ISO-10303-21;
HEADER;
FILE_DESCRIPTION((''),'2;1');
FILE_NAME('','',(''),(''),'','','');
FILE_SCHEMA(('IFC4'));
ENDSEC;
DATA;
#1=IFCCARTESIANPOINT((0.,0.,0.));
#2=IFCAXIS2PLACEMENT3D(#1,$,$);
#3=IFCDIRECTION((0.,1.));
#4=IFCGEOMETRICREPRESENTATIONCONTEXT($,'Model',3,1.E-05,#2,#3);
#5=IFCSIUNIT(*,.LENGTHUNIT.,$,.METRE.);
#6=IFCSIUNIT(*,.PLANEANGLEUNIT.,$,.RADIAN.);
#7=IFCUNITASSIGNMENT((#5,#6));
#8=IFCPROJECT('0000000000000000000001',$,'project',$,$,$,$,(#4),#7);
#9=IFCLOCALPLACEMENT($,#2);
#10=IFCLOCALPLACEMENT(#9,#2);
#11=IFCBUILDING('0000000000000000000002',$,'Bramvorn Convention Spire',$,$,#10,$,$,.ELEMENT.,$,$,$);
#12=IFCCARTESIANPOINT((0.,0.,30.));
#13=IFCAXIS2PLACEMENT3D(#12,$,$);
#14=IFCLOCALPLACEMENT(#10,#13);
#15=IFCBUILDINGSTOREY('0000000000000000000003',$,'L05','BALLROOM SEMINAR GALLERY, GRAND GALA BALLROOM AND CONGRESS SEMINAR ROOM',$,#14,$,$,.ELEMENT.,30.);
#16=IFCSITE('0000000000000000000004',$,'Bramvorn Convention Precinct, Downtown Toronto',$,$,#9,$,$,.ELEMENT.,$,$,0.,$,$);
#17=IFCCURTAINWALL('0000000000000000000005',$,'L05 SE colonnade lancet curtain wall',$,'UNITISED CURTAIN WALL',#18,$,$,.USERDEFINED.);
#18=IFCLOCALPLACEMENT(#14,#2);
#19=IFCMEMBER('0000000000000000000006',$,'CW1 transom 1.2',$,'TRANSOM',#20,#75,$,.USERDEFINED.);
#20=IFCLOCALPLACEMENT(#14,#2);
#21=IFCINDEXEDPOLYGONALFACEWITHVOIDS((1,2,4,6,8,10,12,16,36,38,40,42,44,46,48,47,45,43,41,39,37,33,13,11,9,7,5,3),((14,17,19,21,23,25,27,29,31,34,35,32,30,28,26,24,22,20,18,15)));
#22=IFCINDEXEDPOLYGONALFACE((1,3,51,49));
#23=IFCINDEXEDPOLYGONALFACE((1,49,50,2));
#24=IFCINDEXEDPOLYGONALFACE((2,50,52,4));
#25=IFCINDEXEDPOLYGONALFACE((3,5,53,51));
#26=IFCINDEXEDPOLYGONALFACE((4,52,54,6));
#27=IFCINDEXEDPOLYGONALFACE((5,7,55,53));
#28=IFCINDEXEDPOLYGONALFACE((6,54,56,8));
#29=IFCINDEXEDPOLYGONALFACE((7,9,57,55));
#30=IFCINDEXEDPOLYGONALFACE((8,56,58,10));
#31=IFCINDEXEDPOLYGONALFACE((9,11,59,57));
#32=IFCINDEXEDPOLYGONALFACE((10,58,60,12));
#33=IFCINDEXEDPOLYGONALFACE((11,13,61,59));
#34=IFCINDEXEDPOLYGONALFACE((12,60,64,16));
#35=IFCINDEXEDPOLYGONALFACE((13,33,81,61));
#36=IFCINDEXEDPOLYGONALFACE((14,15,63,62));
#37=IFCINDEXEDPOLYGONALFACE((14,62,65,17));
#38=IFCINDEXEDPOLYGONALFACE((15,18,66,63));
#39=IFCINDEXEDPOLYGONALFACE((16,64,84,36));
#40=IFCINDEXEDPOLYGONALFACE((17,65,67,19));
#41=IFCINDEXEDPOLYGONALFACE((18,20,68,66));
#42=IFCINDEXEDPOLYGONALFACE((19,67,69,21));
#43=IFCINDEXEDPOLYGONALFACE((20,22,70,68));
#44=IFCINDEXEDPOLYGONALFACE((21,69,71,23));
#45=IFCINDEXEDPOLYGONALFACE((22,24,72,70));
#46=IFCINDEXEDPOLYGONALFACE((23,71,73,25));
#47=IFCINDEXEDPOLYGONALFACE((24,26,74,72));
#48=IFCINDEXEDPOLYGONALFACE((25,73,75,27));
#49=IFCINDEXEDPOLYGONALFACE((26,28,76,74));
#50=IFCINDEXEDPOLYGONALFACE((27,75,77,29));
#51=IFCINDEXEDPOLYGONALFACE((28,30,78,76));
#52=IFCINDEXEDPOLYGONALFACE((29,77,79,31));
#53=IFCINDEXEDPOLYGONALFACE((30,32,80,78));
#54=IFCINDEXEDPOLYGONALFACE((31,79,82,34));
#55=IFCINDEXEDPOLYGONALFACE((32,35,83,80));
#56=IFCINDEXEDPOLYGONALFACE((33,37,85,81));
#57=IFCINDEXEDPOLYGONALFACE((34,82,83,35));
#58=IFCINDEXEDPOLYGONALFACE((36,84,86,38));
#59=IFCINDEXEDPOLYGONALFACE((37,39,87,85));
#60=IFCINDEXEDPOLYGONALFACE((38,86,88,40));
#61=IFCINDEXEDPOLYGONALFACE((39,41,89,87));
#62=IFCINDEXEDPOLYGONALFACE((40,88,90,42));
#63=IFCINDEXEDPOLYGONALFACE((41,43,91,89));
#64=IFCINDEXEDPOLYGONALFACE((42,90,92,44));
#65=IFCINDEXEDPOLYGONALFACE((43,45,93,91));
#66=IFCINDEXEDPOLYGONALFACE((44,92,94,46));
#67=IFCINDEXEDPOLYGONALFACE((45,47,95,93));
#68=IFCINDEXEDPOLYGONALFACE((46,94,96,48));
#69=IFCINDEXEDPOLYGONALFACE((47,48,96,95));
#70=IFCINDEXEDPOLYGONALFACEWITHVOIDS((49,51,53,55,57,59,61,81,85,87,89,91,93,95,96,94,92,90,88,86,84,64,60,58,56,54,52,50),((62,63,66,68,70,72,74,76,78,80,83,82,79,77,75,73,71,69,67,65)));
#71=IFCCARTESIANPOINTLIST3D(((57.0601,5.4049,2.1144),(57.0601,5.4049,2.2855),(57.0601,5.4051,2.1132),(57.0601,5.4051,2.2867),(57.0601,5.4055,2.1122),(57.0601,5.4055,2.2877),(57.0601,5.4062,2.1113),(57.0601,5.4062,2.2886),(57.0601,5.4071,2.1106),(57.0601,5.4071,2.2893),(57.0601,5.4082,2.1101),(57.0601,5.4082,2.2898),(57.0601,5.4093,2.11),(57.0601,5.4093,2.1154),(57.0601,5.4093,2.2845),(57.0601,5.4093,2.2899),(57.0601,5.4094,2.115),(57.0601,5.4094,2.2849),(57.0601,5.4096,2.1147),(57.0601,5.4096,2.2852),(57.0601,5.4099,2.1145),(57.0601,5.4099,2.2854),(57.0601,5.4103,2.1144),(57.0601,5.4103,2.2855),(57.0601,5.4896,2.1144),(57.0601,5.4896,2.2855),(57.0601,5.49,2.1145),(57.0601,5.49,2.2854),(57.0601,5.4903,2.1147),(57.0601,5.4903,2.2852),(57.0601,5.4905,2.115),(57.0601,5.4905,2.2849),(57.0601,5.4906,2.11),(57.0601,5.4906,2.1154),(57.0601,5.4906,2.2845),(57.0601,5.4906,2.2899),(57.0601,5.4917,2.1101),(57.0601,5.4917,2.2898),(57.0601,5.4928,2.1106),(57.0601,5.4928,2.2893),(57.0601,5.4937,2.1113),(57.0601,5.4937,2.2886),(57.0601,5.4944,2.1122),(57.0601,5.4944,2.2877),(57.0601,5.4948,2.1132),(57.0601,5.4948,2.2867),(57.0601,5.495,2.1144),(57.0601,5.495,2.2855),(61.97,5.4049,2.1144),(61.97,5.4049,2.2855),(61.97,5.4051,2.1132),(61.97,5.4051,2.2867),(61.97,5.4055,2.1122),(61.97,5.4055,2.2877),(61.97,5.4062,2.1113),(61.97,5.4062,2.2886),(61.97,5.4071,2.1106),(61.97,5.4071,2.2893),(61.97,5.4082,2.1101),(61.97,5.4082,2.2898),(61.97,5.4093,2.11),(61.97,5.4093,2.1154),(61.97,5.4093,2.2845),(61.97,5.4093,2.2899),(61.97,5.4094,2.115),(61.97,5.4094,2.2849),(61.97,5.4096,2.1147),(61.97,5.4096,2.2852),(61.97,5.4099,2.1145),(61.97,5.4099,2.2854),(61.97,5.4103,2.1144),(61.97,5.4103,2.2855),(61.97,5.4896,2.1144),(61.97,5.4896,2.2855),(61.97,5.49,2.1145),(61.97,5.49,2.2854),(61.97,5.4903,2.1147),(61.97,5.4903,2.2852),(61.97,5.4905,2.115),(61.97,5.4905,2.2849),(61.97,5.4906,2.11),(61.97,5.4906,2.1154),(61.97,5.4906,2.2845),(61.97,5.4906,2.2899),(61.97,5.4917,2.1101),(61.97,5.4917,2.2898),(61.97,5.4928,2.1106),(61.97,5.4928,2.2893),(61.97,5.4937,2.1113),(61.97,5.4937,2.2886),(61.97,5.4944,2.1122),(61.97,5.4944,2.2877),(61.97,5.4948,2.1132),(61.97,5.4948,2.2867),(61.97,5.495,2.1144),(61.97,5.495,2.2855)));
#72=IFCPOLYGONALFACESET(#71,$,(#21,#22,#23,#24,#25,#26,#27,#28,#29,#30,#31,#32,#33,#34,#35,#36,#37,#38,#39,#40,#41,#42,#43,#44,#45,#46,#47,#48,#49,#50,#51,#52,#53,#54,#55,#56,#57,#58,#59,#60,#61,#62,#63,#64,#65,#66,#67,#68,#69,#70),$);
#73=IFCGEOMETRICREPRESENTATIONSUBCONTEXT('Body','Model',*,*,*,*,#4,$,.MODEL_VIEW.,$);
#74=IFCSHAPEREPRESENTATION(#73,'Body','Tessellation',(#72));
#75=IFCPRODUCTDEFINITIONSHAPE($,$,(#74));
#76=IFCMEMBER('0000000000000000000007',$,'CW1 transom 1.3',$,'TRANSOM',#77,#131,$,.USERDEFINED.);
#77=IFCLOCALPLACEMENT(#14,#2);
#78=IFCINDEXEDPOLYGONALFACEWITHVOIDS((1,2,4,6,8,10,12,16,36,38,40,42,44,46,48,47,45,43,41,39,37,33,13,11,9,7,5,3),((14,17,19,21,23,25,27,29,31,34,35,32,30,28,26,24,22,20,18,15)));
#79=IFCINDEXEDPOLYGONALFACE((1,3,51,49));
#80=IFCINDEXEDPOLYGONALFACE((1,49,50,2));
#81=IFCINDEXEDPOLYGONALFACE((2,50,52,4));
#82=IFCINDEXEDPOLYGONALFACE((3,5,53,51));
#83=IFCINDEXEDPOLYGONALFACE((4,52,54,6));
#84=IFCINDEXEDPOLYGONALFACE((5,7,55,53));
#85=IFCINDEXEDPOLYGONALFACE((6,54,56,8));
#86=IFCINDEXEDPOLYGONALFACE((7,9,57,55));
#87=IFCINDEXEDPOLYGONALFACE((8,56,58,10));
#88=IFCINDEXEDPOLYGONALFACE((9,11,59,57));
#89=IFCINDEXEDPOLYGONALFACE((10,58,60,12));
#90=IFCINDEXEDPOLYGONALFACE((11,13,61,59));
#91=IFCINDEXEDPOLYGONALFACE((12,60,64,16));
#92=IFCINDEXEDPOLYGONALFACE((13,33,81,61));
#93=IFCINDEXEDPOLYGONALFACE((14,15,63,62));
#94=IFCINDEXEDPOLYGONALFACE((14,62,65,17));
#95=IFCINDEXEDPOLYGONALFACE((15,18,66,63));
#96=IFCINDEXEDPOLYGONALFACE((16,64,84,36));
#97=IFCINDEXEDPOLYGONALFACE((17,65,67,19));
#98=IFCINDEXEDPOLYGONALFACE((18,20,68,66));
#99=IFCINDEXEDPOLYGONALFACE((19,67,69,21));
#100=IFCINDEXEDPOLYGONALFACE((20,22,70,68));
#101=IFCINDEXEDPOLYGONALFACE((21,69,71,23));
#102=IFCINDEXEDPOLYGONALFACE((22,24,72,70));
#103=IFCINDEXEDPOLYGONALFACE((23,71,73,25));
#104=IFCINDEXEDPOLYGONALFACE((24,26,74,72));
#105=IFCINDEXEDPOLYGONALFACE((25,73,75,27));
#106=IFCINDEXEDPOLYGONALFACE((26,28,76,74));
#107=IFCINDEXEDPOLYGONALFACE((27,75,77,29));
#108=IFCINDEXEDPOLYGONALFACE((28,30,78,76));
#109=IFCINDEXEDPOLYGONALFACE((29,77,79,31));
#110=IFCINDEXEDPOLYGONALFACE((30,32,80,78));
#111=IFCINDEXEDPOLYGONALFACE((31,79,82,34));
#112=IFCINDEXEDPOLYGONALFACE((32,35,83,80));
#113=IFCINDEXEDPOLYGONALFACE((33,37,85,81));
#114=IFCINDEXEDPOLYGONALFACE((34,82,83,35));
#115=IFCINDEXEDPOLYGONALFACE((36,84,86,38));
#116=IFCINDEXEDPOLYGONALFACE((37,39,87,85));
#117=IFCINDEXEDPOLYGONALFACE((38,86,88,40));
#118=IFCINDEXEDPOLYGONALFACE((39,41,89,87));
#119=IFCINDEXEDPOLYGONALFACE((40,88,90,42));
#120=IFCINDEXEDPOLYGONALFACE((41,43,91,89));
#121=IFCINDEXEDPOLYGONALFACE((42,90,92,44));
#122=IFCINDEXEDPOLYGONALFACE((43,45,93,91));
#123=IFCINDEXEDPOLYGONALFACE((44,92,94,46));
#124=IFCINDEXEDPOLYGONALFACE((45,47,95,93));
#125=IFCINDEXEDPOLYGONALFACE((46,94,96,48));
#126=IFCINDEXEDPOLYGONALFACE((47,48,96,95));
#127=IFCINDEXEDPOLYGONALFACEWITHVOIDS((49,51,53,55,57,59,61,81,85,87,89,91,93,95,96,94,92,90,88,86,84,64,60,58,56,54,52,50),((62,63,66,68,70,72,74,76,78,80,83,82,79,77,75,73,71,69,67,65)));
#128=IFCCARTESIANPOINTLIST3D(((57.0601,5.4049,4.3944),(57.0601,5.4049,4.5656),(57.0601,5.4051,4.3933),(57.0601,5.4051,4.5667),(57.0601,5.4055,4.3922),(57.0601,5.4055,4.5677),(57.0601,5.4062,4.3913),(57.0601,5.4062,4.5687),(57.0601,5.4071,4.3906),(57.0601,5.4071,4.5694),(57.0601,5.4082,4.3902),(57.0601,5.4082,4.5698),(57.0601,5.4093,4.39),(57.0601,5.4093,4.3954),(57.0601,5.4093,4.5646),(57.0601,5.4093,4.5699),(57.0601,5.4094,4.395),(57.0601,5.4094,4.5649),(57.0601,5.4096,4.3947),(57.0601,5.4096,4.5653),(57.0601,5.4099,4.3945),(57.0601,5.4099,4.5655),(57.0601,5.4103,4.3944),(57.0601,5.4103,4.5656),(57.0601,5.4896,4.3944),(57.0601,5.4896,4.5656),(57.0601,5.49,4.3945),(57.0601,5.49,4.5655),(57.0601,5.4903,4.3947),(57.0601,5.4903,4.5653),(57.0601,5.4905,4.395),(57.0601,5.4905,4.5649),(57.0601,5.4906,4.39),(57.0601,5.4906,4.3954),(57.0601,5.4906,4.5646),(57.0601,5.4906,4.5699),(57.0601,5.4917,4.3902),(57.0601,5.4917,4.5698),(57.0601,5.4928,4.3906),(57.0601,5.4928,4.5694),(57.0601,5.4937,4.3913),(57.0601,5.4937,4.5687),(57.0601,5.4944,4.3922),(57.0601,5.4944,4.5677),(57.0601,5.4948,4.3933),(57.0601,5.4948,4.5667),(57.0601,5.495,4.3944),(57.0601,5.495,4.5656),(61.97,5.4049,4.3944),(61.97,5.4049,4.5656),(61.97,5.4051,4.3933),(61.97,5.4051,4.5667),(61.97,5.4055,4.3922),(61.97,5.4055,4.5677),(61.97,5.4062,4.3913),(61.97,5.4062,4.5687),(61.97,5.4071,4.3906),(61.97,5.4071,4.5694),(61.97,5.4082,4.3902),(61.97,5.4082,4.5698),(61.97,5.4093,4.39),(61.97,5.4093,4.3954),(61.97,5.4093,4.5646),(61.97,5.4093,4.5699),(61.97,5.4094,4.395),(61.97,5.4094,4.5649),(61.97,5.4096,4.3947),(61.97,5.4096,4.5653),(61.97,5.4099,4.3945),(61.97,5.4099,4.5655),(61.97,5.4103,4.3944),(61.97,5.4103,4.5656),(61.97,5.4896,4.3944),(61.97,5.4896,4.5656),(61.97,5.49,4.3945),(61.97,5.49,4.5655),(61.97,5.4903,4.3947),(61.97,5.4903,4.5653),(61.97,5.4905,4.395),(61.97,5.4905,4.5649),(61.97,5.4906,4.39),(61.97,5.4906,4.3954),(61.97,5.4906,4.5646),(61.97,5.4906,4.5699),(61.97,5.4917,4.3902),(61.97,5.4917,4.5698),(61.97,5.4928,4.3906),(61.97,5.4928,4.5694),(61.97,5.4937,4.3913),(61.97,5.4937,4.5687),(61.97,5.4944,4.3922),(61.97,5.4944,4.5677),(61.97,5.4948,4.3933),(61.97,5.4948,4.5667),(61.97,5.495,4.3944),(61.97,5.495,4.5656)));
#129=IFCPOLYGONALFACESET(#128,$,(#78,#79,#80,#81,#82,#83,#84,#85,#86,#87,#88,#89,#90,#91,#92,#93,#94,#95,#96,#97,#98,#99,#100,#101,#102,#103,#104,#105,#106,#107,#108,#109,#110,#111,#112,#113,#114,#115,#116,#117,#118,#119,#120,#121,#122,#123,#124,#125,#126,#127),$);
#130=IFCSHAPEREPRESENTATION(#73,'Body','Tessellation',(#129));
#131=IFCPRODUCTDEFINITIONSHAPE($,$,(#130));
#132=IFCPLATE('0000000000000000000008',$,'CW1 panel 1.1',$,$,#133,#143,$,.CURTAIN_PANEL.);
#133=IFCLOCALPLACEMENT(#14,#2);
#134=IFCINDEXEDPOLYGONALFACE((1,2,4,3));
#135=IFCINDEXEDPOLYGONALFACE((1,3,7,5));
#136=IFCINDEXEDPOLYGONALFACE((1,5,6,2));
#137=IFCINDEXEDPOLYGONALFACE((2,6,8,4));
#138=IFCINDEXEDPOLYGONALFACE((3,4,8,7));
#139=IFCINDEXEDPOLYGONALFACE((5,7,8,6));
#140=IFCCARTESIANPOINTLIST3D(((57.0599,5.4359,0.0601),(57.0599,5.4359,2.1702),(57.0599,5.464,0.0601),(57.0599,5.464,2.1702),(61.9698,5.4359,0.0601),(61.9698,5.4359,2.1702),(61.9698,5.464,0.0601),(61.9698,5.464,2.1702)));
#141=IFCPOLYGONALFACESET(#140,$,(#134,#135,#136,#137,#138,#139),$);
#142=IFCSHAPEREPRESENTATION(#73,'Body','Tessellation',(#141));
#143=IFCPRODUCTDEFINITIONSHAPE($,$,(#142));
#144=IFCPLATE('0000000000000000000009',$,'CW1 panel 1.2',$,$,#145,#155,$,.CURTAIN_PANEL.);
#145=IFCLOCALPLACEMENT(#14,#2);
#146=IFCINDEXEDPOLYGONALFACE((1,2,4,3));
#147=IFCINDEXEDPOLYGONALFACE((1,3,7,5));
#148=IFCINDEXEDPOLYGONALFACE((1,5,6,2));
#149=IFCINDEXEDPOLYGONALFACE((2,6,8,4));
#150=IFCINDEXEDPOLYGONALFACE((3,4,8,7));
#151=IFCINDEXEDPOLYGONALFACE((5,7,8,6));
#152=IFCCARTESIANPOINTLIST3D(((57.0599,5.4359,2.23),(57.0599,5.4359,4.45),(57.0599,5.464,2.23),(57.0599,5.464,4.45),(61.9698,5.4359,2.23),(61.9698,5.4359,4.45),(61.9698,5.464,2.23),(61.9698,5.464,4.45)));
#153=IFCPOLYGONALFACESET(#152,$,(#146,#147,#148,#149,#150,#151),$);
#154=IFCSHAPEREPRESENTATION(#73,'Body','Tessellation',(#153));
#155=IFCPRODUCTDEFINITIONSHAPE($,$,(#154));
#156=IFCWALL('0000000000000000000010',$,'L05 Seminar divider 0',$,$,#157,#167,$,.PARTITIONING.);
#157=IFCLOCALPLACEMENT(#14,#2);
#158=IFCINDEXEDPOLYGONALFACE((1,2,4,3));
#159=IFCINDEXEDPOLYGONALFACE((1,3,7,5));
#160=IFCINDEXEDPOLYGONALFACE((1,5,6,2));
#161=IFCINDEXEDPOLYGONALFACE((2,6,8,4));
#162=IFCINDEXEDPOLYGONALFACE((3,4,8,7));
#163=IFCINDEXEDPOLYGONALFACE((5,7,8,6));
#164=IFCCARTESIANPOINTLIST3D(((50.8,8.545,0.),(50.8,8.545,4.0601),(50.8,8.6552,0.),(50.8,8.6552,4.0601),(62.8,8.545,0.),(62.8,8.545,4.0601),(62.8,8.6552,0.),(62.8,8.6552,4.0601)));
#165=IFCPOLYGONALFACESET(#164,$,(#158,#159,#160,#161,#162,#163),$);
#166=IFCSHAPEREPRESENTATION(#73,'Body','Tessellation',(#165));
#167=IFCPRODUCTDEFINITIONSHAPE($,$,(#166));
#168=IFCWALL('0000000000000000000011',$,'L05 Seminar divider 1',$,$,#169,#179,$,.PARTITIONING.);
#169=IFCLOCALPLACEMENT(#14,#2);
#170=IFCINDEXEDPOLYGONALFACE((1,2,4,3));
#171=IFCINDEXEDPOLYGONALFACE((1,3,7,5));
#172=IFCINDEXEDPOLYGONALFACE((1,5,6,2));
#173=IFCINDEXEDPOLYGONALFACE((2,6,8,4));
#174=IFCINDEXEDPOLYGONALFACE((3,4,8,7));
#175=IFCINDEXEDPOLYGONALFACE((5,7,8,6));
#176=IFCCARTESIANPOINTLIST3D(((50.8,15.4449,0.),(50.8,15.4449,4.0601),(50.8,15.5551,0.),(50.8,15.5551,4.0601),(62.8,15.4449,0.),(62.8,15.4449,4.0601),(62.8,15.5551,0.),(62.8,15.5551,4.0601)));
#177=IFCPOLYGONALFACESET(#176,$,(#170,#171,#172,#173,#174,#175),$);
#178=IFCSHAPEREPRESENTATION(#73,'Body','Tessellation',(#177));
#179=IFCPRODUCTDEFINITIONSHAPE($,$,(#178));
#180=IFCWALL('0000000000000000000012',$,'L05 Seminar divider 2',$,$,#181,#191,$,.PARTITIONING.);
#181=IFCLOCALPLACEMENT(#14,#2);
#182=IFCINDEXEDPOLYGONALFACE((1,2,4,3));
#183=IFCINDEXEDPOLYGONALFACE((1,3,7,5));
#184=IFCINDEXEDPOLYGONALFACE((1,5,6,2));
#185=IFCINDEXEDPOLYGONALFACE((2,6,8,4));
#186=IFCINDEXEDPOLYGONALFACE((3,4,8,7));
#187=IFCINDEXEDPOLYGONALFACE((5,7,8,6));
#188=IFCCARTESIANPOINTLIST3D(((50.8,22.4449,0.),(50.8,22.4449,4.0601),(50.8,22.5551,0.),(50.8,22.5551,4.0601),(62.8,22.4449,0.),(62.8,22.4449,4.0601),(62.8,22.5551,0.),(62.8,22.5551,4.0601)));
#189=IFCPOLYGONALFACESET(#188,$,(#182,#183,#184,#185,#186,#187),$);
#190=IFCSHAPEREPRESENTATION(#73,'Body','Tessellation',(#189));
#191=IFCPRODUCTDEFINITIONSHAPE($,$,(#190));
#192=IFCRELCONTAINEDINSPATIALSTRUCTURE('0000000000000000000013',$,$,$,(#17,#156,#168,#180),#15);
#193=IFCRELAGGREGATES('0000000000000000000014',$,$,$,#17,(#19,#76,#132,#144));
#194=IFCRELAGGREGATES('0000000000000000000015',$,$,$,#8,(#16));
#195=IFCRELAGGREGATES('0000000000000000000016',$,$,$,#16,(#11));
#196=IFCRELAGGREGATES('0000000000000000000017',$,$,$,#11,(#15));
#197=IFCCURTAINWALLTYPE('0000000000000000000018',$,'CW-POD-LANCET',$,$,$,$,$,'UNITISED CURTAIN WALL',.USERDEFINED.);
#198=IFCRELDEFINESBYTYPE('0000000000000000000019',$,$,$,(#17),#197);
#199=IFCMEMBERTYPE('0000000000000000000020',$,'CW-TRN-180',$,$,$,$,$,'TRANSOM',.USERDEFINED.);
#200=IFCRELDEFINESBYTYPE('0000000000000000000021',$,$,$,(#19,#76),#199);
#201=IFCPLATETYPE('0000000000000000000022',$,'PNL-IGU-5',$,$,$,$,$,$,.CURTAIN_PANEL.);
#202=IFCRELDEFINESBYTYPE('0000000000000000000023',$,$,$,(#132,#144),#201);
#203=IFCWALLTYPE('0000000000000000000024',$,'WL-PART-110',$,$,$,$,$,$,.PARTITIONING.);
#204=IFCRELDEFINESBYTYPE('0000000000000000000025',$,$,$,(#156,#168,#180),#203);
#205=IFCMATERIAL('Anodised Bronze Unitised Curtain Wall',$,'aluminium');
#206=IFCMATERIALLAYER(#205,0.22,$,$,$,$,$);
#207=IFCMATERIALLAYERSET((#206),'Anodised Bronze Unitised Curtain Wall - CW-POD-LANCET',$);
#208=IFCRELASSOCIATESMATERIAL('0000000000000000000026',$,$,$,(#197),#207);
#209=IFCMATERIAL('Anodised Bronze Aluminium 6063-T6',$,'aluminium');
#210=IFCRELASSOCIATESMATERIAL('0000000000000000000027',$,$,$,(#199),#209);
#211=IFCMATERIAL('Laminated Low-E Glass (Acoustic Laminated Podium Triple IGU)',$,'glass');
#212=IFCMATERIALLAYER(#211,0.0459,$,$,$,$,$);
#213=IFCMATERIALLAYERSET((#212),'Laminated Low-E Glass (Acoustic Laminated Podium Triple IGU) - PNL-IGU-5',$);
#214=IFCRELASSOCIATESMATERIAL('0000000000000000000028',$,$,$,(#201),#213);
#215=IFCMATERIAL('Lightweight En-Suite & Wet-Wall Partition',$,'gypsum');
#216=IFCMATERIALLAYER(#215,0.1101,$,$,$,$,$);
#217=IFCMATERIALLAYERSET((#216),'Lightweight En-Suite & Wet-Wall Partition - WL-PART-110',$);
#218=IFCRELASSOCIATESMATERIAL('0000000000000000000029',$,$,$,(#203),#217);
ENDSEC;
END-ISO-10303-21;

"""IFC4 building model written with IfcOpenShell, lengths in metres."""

from ifc_helpers import new_model, si_unit, direction, frame, frame_2d, origin, origin_2d, place, context, subcontext, project, spatial, rectangle, hollow_rectangle, extrude, material, layer, layer_set, material_profile, profile_set, type_object, element, aggregate, save


model = new_model("IFC4")

# Units and contexts
model_context = context("Model", 3, precision=1e-05, world=origin(), true_north=direction((0.0, 1.0)))
body_context = subcontext(model_context, "Body", "Model", "MODEL_VIEW")
ifc_project = project(units=[si_unit("LENGTHUNIT", "METRE"), si_unit("PLANEANGLEUNIT", "RADIAN")], contexts=[model_context])

# Site, building, storey
site_placement = place(None, origin())
site = spatial("IfcSite", under=ifc_project, at=site_placement, Name="Bramvorn Convention Precinct, Downtown Toronto", CompositionType="ELEMENT", RefElevation=0.0)
building_placement = place(site_placement, origin())
building = spatial("IfcBuilding", under=site, at=building_placement, Name="Bramvorn Convention Spire", CompositionType="ELEMENT")
storey_placement = place(building_placement, frame((0.0, 0.0, 30.0)))
storey = spatial("IfcBuildingStorey", under=building, at=storey_placement, Name="L05", Description="BALLROOM SEMINAR GALLERY, GRAND GALA BALLROOM AND CONGRESS SEMINAR ROOM", CompositionType="ELEMENT", Elevation=30.0)

# Curtain wall, members, plates
ifc_material_1 = material(Name="Anodised Bronze Unitised Curtain Wall", Category="aluminium")
ifc_layer_1 = layer(ifc_material_1, 0.22)
ifc_layer_set_1 = layer_set([ifc_layer_1], Name="Anodised Bronze Unitised Curtain Wall - CW-POD-LANCET")
curtain_wall_type = type_object("IfcCurtainWallType", Name="CW-POD-LANCET", ElementType="UNITISED CURTAIN WALL", PredefinedType="USERDEFINED", material=ifc_layer_set_1)
curtain_wall_placement = place(storey_placement, origin())
curtain_wall = element("IfcCurtainWall", 1, at=curtain_wall_placement, inside=storey, type_object=curtain_wall_type, Name="L05 SE colonnade lancet curtain wall", ObjectType="UNITISED CURTAIN WALL", PredefinedType="USERDEFINED")
ifc_material_2 = material(Name="Anodised Bronze Aluminium 6063-T6", Category="aluminium")
ifc_material_profile_1 = material_profile(ifc_material_2, hollow_rectangle(XDim=0.0901, YDim=0.1799, WallThickness=0.0044, InnerFilletRadius=0.001, OuterFilletRadius=0.0044, at=origin_2d()))
ifc_profile_set_1 = profile_set([ifc_material_profile_1], Name="Anodised Bronze Aluminium 6063-T6 - CWT90X180")
member_type_1 = type_object("IfcMemberType", Name="CW-TRN-180", ElementType="TRANSOM", PredefinedType="USERDEFINED", material=ifc_profile_set_1)
member_1_placement = place(storey_placement, frame((57.0601, 5.45, 2.2), z_axis=(1.0, 0.0, 0.0), x_axis=(0.0, 1.0, 0.0)))
member_1 = element("IfcMember", 2, at=member_1_placement, type_object=member_type_1, Name="CW1 transom 1.2", ObjectType="TRANSOM", PredefinedType="USERDEFINED", context=body_context, shape_type="SweptSolid", body=[
    extrude(hollow_rectangle(XDim=0.0901, YDim=0.1799, WallThickness=0.0044, InnerFilletRadius=0.001, OuterFilletRadius=0.0044, at=origin_2d()), origin(), (0.0, 0.0, 1.0), 4.9099),
])
member_2_placement = place(storey_placement, frame((57.0601, 5.45, 4.48), z_axis=(1.0, 0.0, 0.0), x_axis=(0.0, 1.0, 0.0)))
member_2 = element("IfcMember", 3, at=member_2_placement, type_object=member_type_1, Name="CW1 transom 1.3", ObjectType="TRANSOM", PredefinedType="USERDEFINED", context=body_context, shape_type="SweptSolid", body=[
    extrude(hollow_rectangle(XDim=0.0901, YDim=0.1799, WallThickness=0.0044, InnerFilletRadius=0.001, OuterFilletRadius=0.0044, at=origin_2d()), origin(), (0.0, 0.0, 1.0), 4.9099),
])
ifc_material_3 = material(Name="Laminated Low-E Glass (Acoustic Laminated Podium Triple IGU)", Category="glass")
ifc_layer_2 = layer(ifc_material_3, 0.0459)
ifc_layer_set_2 = layer_set([ifc_layer_2], Name="Laminated Low-E Glass (Acoustic Laminated Podium Triple IGU) - PNL-IGU-5")
plate_type = type_object("IfcPlateType", Name="PNL-IGU-5", PredefinedType="CURTAIN_PANEL", material=ifc_layer_set_2)
plate_1_placement = place(storey_placement, frame((59.5149, 5.45, 0.0601), z_axis=(0.0, 0.0, 1.0), x_axis=(1.0, 0.0, 0.0)))
plate_1 = element("IfcPlate", 4, at=plate_1_placement, type_object=plate_type, Name="CW1 panel 1.1", PredefinedType="CURTAIN_PANEL", context=body_context, shape_type="SweptSolid", body=[
    extrude(rectangle(XDim=4.9099, YDim=0.0281, at=origin_2d()), origin(), (0.0, 0.0, 1.0), 2.1101),
])
plate_2_placement = place(storey_placement, frame((59.5149, 5.45, 2.23), z_axis=(0.0, 0.0, 1.0), x_axis=(1.0, 0.0, 0.0)))
plate_2 = element("IfcPlate", 5, at=plate_2_placement, type_object=plate_type, Name="CW1 panel 1.2", PredefinedType="CURTAIN_PANEL", context=body_context, shape_type="SweptSolid", body=[
    extrude(rectangle(XDim=4.9099, YDim=0.0281, at=origin_2d()), origin(), (0.0, 0.0, 1.0), 2.22),
])
aggregate(curtain_wall, [member_1, member_2, plate_1, plate_2])

# Walls
ifc_material_4 = material(Name="Lightweight En-Suite & Wet-Wall Partition", Category="gypsum")
ifc_layer_3 = layer(ifc_material_4, 0.1101)
ifc_layer_set_3 = layer_set([ifc_layer_3], Name="Lightweight En-Suite & Wet-Wall Partition - WL-PART-110")
wall_type = type_object("IfcWallType", Name="WL-PART-110", PredefinedType="PARTITIONING", material=ifc_layer_set_3)
for number, where, z_axis, x_axis, name in (
    (6, (50.8, 8.6001, 0.0), (0.0, 0.0, 1.0), (1.0, 0.0, 0.0), "L05 Seminar divider 0"),
    (7, (50.8, 15.5, 0.0), (0.0, 0.0, 1.0), (1.0, 0.0, 0.0), "L05 Seminar divider 1"),
    (8, (50.8, 22.5, 0.0), (0.0, 0.0, 1.0), (1.0, 0.0, 0.0), "L05 Seminar divider 2"),
):
    element("IfcWall", number, at=place(storey_placement, frame(where, z_axis=z_axis, x_axis=x_axis)), inside=storey, type_object=wall_type, Name=name, PredefinedType="PARTITIONING", context=body_context, shape_type="SweptSolid", body=[
        extrude(rectangle(XDim=12.0, YDim=0.1101, at=frame_2d((6.0, 0.0))), origin(), (0.0, 0.0, 1.0), 4.0601),
    ])

save(model, "model.ifc")
